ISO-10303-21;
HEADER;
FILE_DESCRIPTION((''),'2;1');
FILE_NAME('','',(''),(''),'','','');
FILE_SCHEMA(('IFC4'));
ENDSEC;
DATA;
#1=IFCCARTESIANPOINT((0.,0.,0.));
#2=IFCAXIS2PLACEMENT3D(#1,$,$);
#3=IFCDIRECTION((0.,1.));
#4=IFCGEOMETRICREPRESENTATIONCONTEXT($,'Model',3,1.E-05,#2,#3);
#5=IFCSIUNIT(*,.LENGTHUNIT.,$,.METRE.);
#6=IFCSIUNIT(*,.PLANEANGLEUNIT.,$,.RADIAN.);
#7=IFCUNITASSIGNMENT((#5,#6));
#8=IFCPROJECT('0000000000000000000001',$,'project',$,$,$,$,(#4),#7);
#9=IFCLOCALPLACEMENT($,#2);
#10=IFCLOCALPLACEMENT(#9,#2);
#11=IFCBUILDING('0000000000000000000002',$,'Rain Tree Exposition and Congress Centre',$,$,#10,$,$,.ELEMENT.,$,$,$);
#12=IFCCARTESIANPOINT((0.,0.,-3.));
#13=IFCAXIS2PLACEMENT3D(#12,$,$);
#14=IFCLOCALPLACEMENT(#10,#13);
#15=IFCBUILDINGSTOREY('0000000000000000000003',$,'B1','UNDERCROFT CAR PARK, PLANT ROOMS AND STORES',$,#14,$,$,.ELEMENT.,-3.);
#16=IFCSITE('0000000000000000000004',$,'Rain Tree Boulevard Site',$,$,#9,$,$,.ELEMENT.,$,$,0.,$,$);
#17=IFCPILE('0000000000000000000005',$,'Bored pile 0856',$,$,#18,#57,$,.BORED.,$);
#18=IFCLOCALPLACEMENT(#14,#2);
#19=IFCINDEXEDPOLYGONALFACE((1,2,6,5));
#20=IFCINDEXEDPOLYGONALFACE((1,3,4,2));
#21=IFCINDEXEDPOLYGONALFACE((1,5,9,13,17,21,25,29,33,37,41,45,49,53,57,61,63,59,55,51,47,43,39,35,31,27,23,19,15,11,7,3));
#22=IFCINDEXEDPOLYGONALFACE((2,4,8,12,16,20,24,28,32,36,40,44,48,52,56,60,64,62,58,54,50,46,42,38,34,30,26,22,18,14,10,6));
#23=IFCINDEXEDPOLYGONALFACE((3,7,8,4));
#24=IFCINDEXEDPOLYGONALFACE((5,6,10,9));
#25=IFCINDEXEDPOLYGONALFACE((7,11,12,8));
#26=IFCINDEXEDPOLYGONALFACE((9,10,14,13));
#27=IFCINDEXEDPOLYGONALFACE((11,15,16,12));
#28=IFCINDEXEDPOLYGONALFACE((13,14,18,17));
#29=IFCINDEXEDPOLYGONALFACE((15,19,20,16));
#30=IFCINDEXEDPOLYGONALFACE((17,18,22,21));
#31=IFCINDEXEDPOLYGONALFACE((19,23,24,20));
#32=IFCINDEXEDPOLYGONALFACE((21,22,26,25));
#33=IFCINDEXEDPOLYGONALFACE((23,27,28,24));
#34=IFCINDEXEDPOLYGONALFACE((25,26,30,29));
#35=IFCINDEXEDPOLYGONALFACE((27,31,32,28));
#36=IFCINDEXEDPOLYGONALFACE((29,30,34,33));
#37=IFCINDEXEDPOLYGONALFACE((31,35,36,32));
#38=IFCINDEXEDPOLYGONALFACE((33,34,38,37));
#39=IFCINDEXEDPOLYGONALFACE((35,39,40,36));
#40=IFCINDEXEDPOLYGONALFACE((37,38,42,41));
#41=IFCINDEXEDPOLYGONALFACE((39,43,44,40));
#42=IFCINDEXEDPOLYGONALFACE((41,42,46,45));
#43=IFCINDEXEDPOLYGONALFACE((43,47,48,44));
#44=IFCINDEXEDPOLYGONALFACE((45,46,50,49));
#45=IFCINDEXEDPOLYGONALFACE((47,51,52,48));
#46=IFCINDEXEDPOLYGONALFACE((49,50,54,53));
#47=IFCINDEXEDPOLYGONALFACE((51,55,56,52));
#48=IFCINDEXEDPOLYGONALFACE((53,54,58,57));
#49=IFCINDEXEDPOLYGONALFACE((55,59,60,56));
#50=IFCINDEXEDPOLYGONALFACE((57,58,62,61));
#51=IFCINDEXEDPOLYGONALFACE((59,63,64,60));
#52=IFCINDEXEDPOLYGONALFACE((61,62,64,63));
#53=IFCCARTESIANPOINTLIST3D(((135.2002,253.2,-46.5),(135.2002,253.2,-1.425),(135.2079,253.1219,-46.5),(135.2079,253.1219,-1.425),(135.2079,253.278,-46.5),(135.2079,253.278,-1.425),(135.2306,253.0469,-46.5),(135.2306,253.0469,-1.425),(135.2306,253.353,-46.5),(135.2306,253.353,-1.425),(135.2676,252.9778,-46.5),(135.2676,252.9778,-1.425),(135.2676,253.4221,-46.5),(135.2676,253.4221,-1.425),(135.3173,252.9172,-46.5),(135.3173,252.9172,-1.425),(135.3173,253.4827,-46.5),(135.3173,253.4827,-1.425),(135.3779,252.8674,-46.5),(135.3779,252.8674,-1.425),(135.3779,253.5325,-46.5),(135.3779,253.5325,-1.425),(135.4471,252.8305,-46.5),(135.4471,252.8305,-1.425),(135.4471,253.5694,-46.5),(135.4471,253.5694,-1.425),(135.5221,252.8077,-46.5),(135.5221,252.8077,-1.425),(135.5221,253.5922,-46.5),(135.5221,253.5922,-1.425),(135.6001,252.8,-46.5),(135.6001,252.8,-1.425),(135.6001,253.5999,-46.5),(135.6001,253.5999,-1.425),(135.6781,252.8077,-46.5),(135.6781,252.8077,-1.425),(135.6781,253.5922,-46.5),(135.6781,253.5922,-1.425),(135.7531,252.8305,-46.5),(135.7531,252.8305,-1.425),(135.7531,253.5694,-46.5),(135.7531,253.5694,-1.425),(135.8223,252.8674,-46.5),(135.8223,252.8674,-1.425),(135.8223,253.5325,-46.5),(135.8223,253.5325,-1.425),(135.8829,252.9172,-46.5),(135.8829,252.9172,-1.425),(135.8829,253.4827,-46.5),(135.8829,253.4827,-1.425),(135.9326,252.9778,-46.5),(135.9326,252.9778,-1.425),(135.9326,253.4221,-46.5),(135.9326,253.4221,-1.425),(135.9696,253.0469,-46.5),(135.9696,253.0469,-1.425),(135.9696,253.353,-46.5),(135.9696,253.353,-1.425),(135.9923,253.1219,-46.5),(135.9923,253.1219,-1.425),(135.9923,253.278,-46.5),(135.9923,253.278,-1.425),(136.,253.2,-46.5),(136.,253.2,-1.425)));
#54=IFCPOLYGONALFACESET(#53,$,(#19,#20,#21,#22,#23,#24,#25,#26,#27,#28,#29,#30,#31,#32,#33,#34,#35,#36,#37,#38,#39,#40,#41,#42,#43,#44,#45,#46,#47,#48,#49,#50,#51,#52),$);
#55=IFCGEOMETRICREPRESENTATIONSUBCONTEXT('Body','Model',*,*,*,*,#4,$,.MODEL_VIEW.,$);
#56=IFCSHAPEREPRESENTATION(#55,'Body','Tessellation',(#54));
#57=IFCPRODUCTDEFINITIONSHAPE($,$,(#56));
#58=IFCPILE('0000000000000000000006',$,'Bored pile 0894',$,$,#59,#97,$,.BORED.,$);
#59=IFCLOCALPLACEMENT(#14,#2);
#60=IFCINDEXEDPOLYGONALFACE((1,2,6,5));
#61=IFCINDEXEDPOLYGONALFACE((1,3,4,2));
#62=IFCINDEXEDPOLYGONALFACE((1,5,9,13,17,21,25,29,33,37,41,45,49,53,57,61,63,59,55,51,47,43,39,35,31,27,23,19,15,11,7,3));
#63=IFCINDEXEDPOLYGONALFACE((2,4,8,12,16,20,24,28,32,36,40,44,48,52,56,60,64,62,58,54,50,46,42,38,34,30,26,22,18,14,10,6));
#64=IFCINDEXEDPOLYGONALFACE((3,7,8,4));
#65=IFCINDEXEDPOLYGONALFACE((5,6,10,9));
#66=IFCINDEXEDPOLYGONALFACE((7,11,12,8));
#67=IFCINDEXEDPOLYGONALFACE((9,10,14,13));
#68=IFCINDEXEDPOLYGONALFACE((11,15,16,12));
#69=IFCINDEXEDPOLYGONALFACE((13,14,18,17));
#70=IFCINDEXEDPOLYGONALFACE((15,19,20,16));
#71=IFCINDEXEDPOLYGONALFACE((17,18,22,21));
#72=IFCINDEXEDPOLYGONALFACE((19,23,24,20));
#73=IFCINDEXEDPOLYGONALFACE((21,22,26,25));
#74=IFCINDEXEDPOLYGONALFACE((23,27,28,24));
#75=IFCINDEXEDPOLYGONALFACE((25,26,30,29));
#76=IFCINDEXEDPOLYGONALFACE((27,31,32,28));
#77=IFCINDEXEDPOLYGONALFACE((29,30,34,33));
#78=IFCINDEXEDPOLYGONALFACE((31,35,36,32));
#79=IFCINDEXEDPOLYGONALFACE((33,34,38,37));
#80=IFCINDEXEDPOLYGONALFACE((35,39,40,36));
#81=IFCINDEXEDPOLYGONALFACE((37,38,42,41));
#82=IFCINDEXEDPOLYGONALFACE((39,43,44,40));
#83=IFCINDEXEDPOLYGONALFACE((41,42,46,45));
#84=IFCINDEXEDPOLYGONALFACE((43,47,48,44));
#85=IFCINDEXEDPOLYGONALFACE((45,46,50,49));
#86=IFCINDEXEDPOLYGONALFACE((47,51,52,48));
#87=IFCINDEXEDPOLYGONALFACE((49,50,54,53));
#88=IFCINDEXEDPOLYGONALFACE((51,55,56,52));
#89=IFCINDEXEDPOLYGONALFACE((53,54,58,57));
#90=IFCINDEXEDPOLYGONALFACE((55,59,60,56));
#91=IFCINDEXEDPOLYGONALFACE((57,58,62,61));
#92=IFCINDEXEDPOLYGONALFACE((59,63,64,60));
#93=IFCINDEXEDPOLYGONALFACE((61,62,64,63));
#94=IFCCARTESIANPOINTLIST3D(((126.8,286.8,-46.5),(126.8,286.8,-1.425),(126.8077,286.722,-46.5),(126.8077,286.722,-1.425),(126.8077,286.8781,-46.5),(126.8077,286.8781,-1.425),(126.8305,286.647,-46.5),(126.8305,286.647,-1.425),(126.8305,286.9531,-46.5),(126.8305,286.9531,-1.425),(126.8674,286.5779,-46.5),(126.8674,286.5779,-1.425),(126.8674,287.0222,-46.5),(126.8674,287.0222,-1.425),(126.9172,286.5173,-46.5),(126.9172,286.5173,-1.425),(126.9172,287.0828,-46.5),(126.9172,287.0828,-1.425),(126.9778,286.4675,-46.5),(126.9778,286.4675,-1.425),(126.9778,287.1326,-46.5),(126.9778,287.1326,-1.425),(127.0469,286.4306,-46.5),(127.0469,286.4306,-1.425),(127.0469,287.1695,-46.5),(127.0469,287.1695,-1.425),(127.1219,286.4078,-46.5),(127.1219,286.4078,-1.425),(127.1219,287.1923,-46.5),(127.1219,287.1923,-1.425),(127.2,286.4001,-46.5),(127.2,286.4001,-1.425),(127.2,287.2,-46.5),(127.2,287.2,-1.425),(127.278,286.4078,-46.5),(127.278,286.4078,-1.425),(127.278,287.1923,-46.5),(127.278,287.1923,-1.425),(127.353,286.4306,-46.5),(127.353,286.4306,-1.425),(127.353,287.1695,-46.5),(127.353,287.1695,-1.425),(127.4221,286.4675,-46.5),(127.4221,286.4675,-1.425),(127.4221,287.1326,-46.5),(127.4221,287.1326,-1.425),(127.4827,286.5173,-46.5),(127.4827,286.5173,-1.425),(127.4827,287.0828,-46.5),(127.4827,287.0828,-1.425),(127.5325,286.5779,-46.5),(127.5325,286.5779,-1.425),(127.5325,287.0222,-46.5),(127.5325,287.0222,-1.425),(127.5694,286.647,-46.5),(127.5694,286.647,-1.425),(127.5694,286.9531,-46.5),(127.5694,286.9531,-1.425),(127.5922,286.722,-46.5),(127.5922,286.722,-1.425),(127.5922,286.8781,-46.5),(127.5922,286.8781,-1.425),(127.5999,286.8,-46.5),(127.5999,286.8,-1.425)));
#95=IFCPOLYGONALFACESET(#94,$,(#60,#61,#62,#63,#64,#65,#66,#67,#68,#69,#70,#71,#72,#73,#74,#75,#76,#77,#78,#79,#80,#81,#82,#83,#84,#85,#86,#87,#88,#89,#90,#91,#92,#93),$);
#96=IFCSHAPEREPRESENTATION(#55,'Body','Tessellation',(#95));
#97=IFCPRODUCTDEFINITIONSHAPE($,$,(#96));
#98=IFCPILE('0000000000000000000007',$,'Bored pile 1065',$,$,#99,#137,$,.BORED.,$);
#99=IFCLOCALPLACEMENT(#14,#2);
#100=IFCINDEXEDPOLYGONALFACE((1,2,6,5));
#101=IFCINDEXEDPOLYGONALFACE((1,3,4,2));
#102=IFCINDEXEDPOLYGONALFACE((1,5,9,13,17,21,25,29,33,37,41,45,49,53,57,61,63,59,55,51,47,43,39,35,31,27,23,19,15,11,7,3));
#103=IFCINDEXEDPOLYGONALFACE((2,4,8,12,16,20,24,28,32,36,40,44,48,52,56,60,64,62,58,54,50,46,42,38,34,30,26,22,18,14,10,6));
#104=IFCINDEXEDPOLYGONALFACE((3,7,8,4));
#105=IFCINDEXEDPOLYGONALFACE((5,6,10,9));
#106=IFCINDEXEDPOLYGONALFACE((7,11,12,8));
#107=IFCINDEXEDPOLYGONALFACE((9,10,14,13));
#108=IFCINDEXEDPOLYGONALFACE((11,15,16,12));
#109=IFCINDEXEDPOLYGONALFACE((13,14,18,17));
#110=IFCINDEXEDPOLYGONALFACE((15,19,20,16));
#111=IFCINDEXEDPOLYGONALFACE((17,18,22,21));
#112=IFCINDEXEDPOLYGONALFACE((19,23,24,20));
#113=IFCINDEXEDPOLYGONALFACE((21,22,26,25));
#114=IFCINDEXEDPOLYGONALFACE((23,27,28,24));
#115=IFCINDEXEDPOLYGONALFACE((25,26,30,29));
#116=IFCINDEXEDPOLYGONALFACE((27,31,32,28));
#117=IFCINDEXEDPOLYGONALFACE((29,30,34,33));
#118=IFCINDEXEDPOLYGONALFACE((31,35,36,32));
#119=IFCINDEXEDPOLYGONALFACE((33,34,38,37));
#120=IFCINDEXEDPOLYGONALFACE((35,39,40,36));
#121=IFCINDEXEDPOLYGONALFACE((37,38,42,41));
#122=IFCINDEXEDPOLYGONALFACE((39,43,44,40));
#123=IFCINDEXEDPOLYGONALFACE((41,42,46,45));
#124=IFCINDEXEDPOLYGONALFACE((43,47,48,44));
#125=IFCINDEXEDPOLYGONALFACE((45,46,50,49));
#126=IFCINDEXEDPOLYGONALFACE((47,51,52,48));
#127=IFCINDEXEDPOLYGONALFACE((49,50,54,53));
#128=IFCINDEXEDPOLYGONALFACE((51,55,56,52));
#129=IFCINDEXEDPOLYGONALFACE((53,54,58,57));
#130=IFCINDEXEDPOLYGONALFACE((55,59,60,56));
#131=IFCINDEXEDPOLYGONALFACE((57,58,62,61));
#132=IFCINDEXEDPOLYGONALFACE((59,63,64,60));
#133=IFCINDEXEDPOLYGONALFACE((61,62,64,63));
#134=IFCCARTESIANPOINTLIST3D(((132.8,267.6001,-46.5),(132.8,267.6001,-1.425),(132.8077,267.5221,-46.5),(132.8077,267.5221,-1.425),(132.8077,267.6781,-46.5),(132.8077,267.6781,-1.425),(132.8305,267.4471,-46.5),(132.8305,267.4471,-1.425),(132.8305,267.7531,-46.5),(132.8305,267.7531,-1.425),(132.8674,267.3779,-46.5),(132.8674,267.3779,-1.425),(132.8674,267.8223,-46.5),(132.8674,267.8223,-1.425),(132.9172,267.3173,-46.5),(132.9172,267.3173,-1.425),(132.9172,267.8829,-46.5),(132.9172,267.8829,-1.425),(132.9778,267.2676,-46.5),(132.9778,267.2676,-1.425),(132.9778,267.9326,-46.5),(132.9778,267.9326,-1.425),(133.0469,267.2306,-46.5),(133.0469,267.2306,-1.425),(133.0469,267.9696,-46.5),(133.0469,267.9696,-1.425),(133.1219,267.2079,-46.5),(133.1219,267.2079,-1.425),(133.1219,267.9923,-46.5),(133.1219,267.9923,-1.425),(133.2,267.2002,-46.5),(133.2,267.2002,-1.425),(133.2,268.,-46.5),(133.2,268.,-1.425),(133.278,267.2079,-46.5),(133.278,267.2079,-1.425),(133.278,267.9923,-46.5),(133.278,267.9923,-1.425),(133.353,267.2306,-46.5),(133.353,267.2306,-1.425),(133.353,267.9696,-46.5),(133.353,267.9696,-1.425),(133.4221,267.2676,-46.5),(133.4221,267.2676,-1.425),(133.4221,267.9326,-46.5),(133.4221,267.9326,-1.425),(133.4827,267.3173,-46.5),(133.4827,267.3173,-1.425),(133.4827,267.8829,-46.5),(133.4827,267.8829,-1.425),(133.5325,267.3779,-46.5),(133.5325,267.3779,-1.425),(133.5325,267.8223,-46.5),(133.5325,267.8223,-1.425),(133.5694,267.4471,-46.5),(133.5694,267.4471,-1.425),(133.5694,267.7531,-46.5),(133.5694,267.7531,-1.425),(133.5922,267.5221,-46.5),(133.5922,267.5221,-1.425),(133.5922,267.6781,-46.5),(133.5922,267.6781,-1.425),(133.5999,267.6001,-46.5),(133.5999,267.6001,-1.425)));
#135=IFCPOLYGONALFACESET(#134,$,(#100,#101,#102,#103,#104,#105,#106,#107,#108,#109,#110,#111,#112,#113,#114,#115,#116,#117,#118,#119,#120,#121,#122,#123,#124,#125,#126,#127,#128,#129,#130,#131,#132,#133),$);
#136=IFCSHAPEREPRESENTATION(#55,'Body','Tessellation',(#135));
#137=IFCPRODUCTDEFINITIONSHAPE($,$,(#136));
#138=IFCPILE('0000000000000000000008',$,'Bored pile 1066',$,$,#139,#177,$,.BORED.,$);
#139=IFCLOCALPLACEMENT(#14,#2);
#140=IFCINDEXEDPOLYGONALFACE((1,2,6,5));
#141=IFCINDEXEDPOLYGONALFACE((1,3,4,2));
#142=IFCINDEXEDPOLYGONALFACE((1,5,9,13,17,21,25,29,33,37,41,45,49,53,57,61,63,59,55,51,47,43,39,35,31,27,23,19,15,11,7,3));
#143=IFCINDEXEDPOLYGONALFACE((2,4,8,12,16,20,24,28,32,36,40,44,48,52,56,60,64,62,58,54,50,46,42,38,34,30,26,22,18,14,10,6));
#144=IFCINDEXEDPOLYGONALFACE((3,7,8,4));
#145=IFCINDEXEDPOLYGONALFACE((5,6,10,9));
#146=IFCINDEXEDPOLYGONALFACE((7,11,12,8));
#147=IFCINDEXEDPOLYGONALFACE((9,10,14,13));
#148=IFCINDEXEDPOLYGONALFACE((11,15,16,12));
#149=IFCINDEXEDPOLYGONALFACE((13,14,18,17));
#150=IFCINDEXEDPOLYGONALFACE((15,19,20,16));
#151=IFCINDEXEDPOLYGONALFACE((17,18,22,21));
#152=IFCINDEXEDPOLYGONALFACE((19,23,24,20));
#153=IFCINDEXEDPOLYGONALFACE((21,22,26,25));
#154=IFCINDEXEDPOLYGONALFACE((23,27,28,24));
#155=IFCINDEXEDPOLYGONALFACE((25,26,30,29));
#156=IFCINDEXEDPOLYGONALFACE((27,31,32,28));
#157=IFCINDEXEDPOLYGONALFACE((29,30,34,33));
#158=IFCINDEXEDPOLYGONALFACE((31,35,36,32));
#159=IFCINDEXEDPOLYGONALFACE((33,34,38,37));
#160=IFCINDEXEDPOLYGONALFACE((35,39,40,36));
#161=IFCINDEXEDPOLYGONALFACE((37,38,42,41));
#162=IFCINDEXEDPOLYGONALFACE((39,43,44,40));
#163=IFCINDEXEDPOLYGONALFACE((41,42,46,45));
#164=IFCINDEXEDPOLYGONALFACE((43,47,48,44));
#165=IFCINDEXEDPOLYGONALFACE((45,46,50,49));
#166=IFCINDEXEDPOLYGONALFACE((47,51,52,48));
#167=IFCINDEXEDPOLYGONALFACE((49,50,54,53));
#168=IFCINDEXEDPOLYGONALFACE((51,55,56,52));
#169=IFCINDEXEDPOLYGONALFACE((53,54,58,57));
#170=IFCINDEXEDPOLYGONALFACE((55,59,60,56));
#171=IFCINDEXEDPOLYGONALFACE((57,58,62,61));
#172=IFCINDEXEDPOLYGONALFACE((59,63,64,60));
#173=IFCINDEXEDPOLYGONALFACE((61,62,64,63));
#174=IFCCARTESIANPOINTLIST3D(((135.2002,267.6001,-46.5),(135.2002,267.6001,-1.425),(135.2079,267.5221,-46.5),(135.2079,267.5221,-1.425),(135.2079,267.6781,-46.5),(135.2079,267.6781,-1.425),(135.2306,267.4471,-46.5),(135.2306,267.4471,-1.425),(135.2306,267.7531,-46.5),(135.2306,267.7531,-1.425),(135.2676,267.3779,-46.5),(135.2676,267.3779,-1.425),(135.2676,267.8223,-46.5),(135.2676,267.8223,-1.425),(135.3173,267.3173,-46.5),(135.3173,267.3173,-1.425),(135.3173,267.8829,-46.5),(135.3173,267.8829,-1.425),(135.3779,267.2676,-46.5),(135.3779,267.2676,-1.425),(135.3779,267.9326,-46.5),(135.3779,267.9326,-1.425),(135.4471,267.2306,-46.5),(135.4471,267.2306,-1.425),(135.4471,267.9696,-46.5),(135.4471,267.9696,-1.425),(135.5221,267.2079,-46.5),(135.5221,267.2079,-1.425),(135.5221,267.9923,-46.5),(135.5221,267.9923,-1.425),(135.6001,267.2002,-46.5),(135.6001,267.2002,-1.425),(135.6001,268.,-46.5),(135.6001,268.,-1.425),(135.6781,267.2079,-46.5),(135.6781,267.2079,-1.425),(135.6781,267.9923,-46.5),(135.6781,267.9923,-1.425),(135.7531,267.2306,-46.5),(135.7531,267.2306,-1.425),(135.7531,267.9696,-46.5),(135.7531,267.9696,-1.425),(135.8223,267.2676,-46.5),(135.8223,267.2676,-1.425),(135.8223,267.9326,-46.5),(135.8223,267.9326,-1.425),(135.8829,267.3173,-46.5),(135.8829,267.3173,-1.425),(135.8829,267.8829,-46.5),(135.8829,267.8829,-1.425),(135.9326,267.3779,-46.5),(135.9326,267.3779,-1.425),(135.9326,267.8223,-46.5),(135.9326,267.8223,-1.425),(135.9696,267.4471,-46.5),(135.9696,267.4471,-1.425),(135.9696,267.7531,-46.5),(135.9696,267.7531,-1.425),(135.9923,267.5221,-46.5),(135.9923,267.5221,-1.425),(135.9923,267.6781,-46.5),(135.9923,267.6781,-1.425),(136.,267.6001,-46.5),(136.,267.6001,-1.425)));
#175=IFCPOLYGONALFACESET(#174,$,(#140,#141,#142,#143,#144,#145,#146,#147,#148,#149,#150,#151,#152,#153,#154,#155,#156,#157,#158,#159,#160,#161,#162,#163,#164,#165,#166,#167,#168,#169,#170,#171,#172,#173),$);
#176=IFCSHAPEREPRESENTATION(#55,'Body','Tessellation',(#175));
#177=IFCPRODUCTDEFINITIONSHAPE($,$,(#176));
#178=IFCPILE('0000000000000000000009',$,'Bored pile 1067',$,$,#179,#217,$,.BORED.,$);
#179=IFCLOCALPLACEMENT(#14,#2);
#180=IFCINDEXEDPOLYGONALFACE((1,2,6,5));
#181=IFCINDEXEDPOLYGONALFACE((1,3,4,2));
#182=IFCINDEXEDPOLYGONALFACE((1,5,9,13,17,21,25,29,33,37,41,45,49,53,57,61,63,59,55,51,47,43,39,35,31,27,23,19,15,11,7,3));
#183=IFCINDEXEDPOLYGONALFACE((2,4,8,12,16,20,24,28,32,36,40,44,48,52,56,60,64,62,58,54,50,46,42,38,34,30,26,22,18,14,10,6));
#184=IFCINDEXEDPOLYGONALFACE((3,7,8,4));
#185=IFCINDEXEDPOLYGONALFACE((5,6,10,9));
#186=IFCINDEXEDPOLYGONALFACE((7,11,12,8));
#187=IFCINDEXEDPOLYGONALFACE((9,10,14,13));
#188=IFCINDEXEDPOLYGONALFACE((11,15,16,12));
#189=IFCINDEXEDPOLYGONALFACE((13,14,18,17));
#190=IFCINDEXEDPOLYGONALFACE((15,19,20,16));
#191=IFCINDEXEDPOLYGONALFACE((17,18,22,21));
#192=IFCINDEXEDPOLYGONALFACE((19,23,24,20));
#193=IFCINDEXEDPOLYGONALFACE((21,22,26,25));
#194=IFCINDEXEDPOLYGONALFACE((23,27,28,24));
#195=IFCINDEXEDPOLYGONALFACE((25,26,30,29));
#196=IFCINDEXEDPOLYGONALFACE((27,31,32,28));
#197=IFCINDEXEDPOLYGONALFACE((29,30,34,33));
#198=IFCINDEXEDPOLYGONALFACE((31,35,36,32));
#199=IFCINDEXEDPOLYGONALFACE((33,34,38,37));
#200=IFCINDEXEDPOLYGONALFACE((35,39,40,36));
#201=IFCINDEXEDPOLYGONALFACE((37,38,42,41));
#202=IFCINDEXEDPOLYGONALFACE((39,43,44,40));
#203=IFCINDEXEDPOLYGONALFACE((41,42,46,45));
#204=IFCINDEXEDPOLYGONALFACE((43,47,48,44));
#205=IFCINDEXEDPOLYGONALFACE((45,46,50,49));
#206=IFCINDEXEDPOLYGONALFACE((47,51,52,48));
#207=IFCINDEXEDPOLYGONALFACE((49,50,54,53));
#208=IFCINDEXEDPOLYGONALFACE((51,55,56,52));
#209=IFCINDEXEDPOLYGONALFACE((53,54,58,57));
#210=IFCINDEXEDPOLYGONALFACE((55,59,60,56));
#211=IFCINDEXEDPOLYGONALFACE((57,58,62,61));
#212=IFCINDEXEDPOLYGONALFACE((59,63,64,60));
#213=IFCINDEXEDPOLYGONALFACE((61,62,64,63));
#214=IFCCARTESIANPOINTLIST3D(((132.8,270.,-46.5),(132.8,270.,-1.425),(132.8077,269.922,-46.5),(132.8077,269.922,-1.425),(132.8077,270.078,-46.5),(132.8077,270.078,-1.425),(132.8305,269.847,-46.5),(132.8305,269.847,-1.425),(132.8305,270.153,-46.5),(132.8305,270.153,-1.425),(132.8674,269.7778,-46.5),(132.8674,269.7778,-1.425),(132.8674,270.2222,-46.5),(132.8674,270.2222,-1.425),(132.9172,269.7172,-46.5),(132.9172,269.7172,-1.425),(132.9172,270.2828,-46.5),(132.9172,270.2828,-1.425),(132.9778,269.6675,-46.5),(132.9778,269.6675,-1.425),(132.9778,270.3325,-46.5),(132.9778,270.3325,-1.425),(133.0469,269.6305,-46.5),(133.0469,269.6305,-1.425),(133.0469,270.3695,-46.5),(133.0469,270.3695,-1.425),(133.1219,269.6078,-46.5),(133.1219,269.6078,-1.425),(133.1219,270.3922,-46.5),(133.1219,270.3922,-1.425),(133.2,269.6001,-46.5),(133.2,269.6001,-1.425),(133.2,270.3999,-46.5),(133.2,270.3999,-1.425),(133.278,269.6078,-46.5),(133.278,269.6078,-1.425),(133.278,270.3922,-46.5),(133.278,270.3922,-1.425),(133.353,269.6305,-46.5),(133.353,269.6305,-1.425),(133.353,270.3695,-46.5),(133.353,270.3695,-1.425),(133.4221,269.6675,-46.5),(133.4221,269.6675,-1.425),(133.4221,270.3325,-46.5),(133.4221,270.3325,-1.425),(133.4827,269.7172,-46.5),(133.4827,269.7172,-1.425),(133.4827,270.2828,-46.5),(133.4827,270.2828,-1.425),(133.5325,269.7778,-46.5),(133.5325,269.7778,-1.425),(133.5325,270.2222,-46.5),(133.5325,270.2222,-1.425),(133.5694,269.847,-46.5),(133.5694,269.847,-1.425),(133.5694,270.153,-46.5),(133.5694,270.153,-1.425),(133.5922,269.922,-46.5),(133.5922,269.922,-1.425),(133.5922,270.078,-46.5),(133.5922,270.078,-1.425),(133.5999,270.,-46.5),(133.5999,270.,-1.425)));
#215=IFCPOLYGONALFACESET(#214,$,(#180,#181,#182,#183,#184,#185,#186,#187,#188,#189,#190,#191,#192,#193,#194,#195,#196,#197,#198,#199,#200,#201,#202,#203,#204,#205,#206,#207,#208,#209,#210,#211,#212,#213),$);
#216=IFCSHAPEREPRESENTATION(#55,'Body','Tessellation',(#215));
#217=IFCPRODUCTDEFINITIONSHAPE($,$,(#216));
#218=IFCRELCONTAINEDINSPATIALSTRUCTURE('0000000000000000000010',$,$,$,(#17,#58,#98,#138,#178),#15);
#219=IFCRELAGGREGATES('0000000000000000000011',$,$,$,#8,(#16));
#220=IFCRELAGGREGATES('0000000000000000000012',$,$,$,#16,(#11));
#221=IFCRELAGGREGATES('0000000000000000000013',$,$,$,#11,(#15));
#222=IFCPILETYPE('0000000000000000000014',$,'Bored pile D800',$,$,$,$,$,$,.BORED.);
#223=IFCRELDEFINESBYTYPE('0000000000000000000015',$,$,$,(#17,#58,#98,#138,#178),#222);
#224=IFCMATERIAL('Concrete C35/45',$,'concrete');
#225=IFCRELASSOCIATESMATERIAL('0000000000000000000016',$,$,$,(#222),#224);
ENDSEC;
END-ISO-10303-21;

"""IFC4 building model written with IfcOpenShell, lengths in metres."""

from ifc_helpers import new_model, si_unit, direction, frame, origin, origin_2d, place, context, subcontext, project, spatial, circle, extrude, material, material_profile, profile_set, type_object, element, save


model = new_model("IFC4")

# Units and contexts
model_context = context("Model", 3, precision=1e-05, world=origin(), true_north=direction((0.0, 1.0)))
body_context = subcontext(model_context, "Body", "Model", "MODEL_VIEW")
ifc_project = project(units=[si_unit("LENGTHUNIT", "METRE"), si_unit("PLANEANGLEUNIT", "RADIAN")], contexts=[model_context])

# Site, building, storey
site_placement = place(None, origin())
site = spatial("IfcSite", under=ifc_project, at=site_placement, Name="Rain Tree Boulevard Site", CompositionType="ELEMENT", RefElevation=0.0)
building_placement = place(site_placement, origin())
building = spatial("IfcBuilding", under=site, at=building_placement, Name="Rain Tree Exposition and Congress Centre", CompositionType="ELEMENT")
storey_placement = place(building_placement, frame((0.0, 0.0, -3.0)))
storey = spatial("IfcBuildingStorey", under=building, at=storey_placement, Name="B1", Description="UNDERCROFT CAR PARK, PLANT ROOMS AND STORES", CompositionType="ELEMENT", Elevation=-3.0)

# Piles
ifc_material_1 = material(Name="Concrete C35/45", Category="concrete")
ifc_material_profile_1 = material_profile(ifc_material_1, circle(Radius=0.3999, at=origin_2d()), Name="D800")
ifc_profile_set_1 = profile_set([ifc_material_profile_1], Name="Concrete C35/45")
pile_type_1 = type_object("IfcPileType", Name="Bored pile D800", PredefinedType="BORED", material=ifc_profile_set_1)
for number, where, z_axis, x_axis, name in (
    (1, (135.6001, 253.2, -1.425), (0.0, 0.0, -1.0), (1.0, 0.0, 0.0), "Bored pile 0856"),
    (2, (127.2, 286.8, -1.425), (0.0, 0.0, -1.0), (1.0, 0.0, 0.0), "Bored pile 0894"),
    (3, (133.2, 267.6001, -1.425), (0.0, 0.0, -1.0), (1.0, 0.0, 0.0), "Bored pile 1065"),
    (4, (135.6001, 267.6001, -1.425), (0.0, 0.0, -1.0), (1.0, 0.0, 0.0), "Bored pile 1066"),
    (5, (133.2, 270.0, -1.425), (0.0, 0.0, -1.0), (1.0, 0.0, 0.0), "Bored pile 1067"),
):
    element("IfcPile", number, at=place(storey_placement, frame(where, z_axis=z_axis, x_axis=x_axis)), inside=storey, type_object=pile_type_1, Name=name, PredefinedType="BORED", context=body_context, shape_type="SweptSolid", body=[
        extrude(circle(Radius=0.3999, at=origin_2d()), origin(), (0.0, 0.0, 1.0), 45.075),
    ])

save(model, "model.ifc")
